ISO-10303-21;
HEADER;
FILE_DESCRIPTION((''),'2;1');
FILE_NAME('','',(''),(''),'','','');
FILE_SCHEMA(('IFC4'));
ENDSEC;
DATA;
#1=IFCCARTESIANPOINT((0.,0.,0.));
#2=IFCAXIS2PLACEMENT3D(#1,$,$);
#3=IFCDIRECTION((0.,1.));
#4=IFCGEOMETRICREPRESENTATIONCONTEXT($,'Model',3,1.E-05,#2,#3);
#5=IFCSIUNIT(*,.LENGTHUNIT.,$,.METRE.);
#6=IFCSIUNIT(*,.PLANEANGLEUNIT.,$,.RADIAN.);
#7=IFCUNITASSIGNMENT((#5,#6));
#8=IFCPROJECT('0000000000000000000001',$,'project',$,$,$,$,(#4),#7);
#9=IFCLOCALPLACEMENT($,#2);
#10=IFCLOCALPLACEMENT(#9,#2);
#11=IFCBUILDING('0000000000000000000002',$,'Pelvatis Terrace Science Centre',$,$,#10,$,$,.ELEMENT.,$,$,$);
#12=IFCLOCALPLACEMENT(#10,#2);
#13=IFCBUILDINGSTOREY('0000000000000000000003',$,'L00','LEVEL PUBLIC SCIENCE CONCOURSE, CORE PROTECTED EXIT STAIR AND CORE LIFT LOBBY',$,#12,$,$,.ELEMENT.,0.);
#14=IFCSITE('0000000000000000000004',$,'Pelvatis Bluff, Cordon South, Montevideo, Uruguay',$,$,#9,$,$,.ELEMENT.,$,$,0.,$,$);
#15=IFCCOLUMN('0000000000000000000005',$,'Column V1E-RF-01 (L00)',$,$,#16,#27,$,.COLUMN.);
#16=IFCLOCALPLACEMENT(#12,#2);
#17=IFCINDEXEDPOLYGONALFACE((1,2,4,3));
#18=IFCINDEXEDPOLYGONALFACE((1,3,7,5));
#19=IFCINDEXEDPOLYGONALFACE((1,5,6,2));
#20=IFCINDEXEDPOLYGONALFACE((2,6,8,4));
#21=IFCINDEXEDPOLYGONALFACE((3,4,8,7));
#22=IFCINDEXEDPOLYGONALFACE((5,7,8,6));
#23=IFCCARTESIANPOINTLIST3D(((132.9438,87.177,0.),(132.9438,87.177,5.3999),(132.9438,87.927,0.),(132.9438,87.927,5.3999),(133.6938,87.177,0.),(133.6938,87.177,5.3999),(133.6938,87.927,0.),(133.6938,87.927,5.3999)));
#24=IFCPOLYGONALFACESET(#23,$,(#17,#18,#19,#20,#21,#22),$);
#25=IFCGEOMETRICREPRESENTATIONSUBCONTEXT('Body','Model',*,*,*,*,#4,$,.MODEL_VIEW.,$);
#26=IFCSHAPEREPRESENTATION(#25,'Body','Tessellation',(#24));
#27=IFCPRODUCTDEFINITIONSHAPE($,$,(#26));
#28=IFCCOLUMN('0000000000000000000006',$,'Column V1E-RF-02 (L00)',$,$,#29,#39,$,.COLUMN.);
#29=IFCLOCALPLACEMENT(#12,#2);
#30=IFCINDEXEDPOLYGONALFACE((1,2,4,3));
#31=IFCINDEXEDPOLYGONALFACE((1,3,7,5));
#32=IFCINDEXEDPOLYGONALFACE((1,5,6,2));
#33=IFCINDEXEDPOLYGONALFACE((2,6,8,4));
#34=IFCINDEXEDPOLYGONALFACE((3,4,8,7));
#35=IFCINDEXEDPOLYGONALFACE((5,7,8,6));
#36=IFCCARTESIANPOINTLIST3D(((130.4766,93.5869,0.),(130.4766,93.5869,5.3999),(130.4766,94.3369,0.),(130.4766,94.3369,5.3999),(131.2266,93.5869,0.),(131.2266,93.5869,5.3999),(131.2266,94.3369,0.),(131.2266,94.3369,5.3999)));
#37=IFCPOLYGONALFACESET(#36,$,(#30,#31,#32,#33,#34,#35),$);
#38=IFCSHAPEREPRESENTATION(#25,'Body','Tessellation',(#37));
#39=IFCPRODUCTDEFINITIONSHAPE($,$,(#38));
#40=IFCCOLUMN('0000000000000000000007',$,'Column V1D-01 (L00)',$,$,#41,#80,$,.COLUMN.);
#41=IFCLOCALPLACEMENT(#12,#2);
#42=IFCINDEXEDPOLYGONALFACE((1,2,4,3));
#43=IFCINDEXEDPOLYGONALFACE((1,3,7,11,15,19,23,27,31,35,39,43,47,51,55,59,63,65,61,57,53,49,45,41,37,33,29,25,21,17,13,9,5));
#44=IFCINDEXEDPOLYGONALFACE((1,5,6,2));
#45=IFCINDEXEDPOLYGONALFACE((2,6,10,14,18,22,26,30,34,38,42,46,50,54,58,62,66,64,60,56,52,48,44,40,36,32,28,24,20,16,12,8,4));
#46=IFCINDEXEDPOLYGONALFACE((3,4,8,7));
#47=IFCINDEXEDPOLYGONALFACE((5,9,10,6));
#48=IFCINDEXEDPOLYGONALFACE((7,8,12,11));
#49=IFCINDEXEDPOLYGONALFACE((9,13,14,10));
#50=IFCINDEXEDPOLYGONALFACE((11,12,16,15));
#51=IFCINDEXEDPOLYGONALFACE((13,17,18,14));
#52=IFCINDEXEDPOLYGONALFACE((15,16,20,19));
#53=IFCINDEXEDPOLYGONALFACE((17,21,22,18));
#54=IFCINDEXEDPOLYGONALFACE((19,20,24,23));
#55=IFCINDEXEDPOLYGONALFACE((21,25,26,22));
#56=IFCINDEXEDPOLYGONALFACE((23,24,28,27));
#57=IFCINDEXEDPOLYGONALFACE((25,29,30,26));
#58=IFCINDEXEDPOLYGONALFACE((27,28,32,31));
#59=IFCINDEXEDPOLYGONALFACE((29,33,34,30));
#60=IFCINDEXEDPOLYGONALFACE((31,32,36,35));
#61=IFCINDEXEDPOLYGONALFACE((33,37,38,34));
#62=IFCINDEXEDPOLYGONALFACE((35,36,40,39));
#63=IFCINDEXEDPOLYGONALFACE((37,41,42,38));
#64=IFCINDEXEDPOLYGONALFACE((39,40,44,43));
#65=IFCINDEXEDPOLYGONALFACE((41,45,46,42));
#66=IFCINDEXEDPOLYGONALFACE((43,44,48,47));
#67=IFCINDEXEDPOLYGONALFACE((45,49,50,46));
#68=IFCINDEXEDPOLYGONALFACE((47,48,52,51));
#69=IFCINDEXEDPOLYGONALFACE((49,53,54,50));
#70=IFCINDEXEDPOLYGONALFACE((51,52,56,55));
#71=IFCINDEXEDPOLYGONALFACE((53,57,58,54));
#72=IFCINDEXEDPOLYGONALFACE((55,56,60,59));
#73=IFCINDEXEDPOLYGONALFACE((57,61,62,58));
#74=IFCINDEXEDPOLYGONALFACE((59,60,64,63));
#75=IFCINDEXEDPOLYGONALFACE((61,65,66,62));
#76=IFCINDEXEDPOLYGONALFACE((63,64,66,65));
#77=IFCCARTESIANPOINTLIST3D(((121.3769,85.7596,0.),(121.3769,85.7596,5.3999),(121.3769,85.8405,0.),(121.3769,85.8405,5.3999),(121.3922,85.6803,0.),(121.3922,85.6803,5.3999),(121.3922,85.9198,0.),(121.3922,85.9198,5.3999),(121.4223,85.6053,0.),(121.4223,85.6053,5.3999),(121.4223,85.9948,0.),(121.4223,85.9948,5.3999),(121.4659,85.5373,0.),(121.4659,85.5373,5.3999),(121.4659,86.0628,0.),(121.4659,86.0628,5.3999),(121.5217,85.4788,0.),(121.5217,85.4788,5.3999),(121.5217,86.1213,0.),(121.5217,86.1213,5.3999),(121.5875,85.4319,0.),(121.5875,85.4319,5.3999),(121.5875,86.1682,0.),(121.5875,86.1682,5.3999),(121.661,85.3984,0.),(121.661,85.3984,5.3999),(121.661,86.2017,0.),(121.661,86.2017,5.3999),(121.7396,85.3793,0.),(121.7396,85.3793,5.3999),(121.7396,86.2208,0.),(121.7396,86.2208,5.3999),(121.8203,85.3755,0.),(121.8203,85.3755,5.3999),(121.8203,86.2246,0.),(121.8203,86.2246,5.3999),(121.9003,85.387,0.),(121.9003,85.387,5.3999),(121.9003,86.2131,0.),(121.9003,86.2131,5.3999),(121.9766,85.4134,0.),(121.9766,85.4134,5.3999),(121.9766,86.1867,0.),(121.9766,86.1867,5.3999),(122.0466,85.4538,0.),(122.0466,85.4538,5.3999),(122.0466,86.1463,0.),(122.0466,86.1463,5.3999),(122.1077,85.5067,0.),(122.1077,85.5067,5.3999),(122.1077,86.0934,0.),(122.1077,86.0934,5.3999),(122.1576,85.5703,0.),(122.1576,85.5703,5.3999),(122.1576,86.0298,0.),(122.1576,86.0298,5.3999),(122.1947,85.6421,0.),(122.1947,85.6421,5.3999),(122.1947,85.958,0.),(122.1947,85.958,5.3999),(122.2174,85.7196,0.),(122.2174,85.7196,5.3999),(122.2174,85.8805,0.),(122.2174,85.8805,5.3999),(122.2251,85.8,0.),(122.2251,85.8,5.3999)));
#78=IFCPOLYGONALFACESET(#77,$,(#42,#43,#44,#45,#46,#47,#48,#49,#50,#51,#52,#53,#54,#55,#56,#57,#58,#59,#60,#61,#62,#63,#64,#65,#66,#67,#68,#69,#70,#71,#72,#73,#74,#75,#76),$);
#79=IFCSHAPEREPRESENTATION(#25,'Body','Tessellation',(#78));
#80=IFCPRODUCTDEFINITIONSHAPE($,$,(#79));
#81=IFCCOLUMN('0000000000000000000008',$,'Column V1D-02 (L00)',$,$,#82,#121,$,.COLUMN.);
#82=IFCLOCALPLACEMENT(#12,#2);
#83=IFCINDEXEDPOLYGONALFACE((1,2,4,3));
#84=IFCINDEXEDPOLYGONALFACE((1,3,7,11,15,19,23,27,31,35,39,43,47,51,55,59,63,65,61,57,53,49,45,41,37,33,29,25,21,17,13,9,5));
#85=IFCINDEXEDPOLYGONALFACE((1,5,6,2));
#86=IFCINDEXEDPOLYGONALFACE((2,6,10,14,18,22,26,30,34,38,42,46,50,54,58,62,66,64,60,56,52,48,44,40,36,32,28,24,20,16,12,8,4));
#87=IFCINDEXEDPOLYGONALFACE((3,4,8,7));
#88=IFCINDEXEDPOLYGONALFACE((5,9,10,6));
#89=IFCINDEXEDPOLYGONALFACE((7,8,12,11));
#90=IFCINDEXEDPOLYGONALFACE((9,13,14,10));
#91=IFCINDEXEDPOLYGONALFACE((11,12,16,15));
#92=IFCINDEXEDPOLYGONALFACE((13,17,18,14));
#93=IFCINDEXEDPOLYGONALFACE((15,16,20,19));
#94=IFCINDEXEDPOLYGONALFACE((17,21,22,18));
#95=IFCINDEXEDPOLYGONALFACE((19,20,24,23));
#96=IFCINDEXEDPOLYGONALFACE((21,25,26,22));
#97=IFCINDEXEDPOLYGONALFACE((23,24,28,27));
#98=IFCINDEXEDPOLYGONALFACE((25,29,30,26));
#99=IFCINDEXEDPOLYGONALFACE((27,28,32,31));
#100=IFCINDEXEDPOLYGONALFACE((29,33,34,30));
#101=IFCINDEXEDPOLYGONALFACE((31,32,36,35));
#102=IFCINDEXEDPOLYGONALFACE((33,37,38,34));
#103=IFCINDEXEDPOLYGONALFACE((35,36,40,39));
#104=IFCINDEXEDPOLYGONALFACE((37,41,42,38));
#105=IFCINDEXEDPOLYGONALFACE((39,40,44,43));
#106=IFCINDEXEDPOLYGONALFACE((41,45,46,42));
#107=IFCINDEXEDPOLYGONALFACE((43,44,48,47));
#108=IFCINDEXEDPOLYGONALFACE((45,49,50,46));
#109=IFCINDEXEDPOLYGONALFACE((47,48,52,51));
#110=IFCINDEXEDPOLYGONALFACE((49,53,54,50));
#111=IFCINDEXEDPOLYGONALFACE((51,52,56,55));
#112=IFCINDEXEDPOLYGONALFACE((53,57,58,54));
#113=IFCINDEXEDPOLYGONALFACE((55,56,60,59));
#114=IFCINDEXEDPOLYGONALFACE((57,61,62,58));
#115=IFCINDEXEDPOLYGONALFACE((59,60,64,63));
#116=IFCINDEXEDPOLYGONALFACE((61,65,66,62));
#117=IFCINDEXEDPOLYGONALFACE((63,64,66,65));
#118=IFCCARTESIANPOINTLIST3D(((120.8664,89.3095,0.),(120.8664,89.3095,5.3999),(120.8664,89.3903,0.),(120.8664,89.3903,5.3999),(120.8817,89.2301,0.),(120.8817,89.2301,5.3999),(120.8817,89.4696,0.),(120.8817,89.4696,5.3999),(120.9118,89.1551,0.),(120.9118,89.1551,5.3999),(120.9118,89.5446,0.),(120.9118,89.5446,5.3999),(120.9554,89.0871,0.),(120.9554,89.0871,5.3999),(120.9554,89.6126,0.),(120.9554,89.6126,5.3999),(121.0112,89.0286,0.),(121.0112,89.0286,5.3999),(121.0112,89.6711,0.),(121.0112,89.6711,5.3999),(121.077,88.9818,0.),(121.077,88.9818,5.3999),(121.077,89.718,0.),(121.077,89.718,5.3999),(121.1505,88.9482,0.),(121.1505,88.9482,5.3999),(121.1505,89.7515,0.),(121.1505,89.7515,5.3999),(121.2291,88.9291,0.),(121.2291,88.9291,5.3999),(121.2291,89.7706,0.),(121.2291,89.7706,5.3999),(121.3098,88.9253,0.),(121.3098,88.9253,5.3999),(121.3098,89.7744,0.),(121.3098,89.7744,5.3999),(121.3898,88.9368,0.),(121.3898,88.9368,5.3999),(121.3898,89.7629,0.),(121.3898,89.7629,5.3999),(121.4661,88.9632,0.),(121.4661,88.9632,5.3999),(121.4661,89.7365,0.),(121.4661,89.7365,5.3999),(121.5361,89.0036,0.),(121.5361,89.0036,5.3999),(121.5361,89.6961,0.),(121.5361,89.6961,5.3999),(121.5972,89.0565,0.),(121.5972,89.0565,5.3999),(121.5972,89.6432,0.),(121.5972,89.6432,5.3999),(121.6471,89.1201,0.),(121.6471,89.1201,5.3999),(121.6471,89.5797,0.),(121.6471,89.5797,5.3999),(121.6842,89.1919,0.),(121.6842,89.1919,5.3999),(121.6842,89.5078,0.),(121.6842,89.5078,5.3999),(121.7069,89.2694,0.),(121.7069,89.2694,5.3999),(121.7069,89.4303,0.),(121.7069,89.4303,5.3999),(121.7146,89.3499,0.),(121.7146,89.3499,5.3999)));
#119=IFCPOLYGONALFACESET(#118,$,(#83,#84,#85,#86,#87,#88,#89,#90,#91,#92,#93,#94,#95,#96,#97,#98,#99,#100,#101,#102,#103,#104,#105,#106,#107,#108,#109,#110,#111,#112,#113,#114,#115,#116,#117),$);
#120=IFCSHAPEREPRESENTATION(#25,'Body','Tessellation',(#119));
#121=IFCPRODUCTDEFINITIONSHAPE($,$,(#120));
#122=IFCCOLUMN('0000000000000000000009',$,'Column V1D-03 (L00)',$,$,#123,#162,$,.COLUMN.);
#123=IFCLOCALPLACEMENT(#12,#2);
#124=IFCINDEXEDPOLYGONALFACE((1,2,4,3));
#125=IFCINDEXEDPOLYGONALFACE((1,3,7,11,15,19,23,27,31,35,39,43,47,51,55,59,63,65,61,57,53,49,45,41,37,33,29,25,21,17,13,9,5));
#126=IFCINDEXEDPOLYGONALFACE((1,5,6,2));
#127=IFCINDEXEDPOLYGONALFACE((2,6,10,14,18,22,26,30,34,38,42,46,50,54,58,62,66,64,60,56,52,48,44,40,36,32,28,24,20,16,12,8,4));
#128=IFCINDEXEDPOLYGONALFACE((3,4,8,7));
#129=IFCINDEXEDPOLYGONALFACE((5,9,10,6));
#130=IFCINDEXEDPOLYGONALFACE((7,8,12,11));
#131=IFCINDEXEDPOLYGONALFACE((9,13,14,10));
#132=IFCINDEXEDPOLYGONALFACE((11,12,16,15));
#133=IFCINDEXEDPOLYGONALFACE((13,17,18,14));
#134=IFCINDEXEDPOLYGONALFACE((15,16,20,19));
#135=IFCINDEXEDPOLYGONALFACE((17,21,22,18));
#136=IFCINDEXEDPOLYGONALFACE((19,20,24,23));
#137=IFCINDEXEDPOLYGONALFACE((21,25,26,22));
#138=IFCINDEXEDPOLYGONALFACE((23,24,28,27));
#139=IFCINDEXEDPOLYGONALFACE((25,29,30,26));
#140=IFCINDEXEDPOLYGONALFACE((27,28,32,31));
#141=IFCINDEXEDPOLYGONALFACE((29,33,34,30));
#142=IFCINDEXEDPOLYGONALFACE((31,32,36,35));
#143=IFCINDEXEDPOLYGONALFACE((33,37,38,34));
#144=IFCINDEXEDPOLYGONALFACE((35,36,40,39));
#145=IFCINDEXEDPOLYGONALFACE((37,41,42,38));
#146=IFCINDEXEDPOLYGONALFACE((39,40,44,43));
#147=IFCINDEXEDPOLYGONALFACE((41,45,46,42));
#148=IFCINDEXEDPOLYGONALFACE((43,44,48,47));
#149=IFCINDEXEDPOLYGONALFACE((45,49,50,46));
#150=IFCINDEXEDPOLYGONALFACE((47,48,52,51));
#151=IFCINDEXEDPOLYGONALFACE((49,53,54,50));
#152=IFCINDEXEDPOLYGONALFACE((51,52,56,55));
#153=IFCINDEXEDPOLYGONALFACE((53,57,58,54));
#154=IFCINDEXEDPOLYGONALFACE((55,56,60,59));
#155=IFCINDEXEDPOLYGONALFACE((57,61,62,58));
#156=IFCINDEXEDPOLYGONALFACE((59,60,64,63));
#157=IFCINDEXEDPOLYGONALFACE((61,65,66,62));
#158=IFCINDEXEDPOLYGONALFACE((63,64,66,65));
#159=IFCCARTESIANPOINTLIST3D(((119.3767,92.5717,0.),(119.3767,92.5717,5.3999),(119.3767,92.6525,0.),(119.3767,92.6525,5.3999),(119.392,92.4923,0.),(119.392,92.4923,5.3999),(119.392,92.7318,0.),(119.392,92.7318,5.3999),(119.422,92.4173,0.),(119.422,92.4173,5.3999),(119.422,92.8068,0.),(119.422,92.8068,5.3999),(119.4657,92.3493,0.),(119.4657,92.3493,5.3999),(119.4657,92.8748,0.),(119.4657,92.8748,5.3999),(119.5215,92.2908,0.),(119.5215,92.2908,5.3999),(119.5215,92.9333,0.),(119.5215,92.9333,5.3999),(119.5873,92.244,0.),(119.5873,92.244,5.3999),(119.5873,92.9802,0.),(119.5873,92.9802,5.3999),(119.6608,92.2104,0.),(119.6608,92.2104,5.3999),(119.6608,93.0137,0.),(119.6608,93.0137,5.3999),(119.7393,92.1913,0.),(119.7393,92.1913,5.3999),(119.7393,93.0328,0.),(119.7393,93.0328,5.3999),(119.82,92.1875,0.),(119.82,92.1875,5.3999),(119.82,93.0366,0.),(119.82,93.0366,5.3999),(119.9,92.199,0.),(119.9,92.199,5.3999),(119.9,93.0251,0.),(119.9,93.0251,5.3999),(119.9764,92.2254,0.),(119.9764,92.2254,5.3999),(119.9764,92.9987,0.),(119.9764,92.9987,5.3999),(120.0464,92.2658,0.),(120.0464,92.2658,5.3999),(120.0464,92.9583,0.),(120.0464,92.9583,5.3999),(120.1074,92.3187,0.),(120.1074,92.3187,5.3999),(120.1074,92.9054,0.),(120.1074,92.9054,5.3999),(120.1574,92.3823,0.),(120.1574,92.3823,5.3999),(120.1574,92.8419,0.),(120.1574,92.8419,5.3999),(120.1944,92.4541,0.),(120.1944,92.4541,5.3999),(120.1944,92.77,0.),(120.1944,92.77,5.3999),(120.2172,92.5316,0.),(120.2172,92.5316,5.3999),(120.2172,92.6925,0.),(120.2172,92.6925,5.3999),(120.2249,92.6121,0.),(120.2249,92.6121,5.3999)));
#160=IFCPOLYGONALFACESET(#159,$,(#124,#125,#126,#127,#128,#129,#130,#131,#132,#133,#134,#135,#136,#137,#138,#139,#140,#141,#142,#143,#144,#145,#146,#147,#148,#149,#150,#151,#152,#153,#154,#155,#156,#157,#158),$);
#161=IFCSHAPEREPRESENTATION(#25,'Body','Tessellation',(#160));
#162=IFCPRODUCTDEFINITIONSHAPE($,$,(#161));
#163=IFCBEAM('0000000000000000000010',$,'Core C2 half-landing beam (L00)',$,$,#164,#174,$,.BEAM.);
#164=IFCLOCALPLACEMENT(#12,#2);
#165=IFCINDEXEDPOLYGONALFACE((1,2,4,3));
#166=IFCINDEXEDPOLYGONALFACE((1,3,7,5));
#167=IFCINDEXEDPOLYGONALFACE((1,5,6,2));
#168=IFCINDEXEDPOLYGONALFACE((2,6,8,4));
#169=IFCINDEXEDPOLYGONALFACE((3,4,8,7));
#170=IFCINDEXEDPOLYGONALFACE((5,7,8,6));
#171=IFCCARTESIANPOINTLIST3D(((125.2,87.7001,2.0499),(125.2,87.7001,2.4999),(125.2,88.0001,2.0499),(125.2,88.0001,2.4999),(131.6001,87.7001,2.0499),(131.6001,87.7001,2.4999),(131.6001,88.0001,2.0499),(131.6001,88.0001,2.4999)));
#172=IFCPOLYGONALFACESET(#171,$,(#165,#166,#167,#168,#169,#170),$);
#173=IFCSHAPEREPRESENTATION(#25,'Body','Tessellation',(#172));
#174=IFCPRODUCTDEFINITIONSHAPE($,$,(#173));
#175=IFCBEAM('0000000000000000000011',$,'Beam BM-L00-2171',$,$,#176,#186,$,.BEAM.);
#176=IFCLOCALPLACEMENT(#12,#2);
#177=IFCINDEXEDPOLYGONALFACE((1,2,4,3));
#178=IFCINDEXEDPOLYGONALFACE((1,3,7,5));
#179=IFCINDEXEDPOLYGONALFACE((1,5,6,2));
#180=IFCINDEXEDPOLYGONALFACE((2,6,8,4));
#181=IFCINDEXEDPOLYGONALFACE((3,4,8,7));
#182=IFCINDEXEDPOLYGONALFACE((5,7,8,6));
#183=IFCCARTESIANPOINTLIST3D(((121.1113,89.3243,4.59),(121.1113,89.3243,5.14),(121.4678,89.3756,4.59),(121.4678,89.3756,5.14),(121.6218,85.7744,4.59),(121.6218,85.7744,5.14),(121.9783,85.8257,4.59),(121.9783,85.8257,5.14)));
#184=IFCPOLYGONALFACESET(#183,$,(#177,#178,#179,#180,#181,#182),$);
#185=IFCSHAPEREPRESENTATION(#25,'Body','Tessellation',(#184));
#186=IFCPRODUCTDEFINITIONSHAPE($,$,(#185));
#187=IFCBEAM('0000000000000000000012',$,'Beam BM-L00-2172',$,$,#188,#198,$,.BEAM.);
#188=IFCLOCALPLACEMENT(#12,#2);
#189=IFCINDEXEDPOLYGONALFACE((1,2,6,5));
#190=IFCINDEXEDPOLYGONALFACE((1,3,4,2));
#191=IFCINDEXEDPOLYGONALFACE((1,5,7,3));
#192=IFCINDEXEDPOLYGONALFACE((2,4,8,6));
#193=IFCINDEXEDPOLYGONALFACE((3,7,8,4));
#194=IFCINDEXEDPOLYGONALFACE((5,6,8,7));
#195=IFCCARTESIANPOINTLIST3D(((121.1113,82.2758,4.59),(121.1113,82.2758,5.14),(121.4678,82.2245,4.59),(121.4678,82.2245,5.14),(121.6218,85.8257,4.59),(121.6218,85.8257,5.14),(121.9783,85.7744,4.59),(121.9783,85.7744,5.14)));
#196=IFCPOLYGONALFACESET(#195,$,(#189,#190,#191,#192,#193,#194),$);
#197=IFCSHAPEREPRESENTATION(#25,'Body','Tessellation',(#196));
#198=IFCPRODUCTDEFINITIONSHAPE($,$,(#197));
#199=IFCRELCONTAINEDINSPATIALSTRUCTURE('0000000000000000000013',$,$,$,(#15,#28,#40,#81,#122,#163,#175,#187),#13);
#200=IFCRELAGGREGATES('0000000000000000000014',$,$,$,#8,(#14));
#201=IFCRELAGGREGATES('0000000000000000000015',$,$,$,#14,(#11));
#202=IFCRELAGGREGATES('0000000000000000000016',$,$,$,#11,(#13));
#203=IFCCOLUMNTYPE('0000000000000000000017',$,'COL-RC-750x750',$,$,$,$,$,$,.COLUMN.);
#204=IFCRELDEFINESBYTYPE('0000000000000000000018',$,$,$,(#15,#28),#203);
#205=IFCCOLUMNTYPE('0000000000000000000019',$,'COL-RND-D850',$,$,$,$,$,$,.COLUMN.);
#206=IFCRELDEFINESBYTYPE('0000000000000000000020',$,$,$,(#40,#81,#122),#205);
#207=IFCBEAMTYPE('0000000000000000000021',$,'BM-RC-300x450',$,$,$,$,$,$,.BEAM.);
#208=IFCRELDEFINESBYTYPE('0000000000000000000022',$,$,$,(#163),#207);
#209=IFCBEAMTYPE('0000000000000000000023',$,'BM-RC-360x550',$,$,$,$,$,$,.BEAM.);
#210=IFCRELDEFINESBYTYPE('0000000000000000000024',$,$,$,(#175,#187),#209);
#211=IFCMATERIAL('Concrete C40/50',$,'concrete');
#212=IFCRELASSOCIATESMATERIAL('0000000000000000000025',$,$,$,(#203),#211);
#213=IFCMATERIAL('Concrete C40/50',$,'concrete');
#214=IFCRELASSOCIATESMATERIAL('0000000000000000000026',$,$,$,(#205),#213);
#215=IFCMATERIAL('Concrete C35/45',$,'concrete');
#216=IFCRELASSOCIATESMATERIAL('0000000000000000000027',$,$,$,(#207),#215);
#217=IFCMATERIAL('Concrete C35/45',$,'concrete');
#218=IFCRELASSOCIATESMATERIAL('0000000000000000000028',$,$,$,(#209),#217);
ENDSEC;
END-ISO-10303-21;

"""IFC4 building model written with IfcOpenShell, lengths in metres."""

from ifc_helpers import new_model, si_unit, direction, frame, origin, origin_2d, place, context, subcontext, project, spatial, rectangle, circle, extrude, material, material_profile, profile_set, type_object, element, save


model = new_model("IFC4")

# Units and contexts
model_context = context("Model", 3, precision=1e-05, world=origin(), true_north=direction((0.0, 1.0)))
body_context = subcontext(model_context, "Body", "Model", "MODEL_VIEW")
ifc_project = project(units=[si_unit("LENGTHUNIT", "METRE"), si_unit("PLANEANGLEUNIT", "RADIAN")], contexts=[model_context])

# Site, building, storey
site_placement = place(None, origin())
site = spatial("IfcSite", under=ifc_project, at=site_placement, Name="Pelvatis Bluff, Cordon South, Montevideo, Uruguay", CompositionType="ELEMENT", RefElevation=0.0)
building_placement = place(site_placement, origin())
building = spatial("IfcBuilding", under=site, at=building_placement, Name="Pelvatis Terrace Science Centre", CompositionType="ELEMENT")
storey_placement = place(building_placement, origin())
storey = spatial("IfcBuildingStorey", under=building, at=storey_placement, Name="L00", Description="LEVEL PUBLIC SCIENCE CONCOURSE, CORE PROTECTED EXIT STAIR AND CORE LIFT LOBBY", CompositionType="ELEMENT", Elevation=0.0)

# Columns
ifc_material_1 = material(Name="Concrete C40/50", Category="concrete")
ifc_material_profile_1 = material_profile(ifc_material_1, rectangle(XDim=0.75, YDim=0.75, at=origin_2d()), Name="RC-COL 750x750")
ifc_profile_set_1 = profile_set([ifc_material_profile_1], Name="Concrete C40/50")
column_type_1 = type_object("IfcColumnType", Name="COL-RC-750x750", PredefinedType="COLUMN", material=ifc_profile_set_1)
for number, where, z_axis, x_axis, name in (
    (1, (133.3188, 87.552, 0.0), (0.0, 0.0, 1.0), (1.0, 0.0, 0.0), "Column V1E-RF-01 (L00)"),
    (2, (130.8516, 93.9619, 0.0), (0.0, 0.0, 1.0), (1.0, 0.0, 0.0), "Column V1E-RF-02 (L00)"),
):
    element("IfcColumn", number, at=place(storey_placement, frame(where, z_axis=z_axis, x_axis=x_axis)), inside=storey, type_object=column_type_1, Name=name, PredefinedType="COLUMN", context=body_context, shape_type="SweptSolid", body=[
        extrude(rectangle(XDim=0.75, YDim=0.75, at=origin_2d()), origin(), (0.0, 0.0, 1.0), 5.3999),
    ])
ifc_material_2 = material(Name="Concrete C40/50", Category="concrete")
ifc_material_profile_2 = material_profile(ifc_material_2, circle(Radius=0.425, at=origin_2d()), Name="RC-RCOL D850")
ifc_profile_set_2 = profile_set([ifc_material_profile_2], Name="Concrete C40/50")
column_type_2 = type_object("IfcColumnType", Name="COL-RND-D850", PredefinedType="COLUMN", material=ifc_profile_set_2)
for number, where, z_axis, x_axis, name in (
    (3, (121.8, 85.8, 0.0), (0.0, 0.0, 1.0), (1.0, 0.0, 0.0), "Column V1D-01 (L00)"),
    (4, (121.2896, 89.3499, 0.0), (0.0, 0.0, 1.0), (1.0, 0.0, 0.0), "Column V1D-02 (L00)"),
    (5, (119.7998, 92.6121, 0.0), (0.0, 0.0, 1.0), (1.0, 0.0, 0.0), "Column V1D-03 (L00)"),
):
    element("IfcColumn", number, at=place(storey_placement, frame(where, z_axis=z_axis, x_axis=x_axis)), inside=storey, type_object=column_type_2, Name=name, PredefinedType="COLUMN", context=body_context, shape_type="SweptSolid", body=[
        extrude(circle(Radius=0.425, at=origin_2d()), origin(), (0.0, 0.0, 1.0), 5.3999),
    ])

# Beams
ifc_material_3 = material(Name="Concrete C35/45", Category="concrete")
ifc_material_profile_3 = material_profile(ifc_material_3, rectangle(XDim=0.3, YDim=0.45, at=origin_2d()), Name="RC-BM 300x450")
ifc_profile_set_3 = profile_set([ifc_material_profile_3], Name="Concrete C35/45")
beam_type_1 = type_object("IfcBeamType", Name="BM-RC-300x450", PredefinedType="BEAM", material=ifc_profile_set_3)
beam_1_placement = place(storey_placement, frame((125.2, 87.8501, 2.2749), z_axis=(1.0, 0.0, 0.0), x_axis=(0.0, 1.0, 0.0)))
element("IfcBeam", 6, at=beam_1_placement, inside=storey, type_object=beam_type_1, Name="Core C2 half-landing beam (L00)", PredefinedType="BEAM", context=body_context, shape_type="SweptSolid", body=[
    extrude(rectangle(XDim=0.3, YDim=0.45, at=origin_2d()), origin(), (0.0, 0.0, 1.0), 6.4001),
])
ifc_material_4 = material(Name="Concrete C35/45", Category="concrete")
ifc_material_profile_4 = material_profile(ifc_material_4, rectangle(XDim=0.3601, YDim=0.55, at=origin_2d()), Name="RC-BM 360x550")
ifc_profile_set_4 = profile_set([ifc_material_profile_4], Name="Concrete C35/45")
beam_type_2 = type_object("IfcBeamType", Name="BM-RC-360x550", PredefinedType="BEAM", material=ifc_profile_set_4)
for number, where, z_axis, x_axis, name in (
    (7, (121.8, 85.8, 4.865), (-0.142346, 0.989817, 0.0), (-0.989817, -0.142346, 0.0), "Beam BM-L00-2171"),
    (8, (121.8, 85.8, 4.865), (-0.142346, -0.989817, 0.0), (0.989817, -0.142346, 0.0), "Beam BM-L00-2172"),
):
    element("IfcBeam", number, at=place(storey_placement, frame(where, z_axis=z_axis, x_axis=x_axis)), inside=storey, type_object=beam_type_2, Name=name, PredefinedType="BEAM", context=body_context, shape_type="SweptSolid", body=[
        extrude(rectangle(XDim=0.3601, YDim=0.55, at=origin_2d()), origin(), (0.0, 0.0, 1.0), 3.5864),
    ])

save(model, "model.ifc")
